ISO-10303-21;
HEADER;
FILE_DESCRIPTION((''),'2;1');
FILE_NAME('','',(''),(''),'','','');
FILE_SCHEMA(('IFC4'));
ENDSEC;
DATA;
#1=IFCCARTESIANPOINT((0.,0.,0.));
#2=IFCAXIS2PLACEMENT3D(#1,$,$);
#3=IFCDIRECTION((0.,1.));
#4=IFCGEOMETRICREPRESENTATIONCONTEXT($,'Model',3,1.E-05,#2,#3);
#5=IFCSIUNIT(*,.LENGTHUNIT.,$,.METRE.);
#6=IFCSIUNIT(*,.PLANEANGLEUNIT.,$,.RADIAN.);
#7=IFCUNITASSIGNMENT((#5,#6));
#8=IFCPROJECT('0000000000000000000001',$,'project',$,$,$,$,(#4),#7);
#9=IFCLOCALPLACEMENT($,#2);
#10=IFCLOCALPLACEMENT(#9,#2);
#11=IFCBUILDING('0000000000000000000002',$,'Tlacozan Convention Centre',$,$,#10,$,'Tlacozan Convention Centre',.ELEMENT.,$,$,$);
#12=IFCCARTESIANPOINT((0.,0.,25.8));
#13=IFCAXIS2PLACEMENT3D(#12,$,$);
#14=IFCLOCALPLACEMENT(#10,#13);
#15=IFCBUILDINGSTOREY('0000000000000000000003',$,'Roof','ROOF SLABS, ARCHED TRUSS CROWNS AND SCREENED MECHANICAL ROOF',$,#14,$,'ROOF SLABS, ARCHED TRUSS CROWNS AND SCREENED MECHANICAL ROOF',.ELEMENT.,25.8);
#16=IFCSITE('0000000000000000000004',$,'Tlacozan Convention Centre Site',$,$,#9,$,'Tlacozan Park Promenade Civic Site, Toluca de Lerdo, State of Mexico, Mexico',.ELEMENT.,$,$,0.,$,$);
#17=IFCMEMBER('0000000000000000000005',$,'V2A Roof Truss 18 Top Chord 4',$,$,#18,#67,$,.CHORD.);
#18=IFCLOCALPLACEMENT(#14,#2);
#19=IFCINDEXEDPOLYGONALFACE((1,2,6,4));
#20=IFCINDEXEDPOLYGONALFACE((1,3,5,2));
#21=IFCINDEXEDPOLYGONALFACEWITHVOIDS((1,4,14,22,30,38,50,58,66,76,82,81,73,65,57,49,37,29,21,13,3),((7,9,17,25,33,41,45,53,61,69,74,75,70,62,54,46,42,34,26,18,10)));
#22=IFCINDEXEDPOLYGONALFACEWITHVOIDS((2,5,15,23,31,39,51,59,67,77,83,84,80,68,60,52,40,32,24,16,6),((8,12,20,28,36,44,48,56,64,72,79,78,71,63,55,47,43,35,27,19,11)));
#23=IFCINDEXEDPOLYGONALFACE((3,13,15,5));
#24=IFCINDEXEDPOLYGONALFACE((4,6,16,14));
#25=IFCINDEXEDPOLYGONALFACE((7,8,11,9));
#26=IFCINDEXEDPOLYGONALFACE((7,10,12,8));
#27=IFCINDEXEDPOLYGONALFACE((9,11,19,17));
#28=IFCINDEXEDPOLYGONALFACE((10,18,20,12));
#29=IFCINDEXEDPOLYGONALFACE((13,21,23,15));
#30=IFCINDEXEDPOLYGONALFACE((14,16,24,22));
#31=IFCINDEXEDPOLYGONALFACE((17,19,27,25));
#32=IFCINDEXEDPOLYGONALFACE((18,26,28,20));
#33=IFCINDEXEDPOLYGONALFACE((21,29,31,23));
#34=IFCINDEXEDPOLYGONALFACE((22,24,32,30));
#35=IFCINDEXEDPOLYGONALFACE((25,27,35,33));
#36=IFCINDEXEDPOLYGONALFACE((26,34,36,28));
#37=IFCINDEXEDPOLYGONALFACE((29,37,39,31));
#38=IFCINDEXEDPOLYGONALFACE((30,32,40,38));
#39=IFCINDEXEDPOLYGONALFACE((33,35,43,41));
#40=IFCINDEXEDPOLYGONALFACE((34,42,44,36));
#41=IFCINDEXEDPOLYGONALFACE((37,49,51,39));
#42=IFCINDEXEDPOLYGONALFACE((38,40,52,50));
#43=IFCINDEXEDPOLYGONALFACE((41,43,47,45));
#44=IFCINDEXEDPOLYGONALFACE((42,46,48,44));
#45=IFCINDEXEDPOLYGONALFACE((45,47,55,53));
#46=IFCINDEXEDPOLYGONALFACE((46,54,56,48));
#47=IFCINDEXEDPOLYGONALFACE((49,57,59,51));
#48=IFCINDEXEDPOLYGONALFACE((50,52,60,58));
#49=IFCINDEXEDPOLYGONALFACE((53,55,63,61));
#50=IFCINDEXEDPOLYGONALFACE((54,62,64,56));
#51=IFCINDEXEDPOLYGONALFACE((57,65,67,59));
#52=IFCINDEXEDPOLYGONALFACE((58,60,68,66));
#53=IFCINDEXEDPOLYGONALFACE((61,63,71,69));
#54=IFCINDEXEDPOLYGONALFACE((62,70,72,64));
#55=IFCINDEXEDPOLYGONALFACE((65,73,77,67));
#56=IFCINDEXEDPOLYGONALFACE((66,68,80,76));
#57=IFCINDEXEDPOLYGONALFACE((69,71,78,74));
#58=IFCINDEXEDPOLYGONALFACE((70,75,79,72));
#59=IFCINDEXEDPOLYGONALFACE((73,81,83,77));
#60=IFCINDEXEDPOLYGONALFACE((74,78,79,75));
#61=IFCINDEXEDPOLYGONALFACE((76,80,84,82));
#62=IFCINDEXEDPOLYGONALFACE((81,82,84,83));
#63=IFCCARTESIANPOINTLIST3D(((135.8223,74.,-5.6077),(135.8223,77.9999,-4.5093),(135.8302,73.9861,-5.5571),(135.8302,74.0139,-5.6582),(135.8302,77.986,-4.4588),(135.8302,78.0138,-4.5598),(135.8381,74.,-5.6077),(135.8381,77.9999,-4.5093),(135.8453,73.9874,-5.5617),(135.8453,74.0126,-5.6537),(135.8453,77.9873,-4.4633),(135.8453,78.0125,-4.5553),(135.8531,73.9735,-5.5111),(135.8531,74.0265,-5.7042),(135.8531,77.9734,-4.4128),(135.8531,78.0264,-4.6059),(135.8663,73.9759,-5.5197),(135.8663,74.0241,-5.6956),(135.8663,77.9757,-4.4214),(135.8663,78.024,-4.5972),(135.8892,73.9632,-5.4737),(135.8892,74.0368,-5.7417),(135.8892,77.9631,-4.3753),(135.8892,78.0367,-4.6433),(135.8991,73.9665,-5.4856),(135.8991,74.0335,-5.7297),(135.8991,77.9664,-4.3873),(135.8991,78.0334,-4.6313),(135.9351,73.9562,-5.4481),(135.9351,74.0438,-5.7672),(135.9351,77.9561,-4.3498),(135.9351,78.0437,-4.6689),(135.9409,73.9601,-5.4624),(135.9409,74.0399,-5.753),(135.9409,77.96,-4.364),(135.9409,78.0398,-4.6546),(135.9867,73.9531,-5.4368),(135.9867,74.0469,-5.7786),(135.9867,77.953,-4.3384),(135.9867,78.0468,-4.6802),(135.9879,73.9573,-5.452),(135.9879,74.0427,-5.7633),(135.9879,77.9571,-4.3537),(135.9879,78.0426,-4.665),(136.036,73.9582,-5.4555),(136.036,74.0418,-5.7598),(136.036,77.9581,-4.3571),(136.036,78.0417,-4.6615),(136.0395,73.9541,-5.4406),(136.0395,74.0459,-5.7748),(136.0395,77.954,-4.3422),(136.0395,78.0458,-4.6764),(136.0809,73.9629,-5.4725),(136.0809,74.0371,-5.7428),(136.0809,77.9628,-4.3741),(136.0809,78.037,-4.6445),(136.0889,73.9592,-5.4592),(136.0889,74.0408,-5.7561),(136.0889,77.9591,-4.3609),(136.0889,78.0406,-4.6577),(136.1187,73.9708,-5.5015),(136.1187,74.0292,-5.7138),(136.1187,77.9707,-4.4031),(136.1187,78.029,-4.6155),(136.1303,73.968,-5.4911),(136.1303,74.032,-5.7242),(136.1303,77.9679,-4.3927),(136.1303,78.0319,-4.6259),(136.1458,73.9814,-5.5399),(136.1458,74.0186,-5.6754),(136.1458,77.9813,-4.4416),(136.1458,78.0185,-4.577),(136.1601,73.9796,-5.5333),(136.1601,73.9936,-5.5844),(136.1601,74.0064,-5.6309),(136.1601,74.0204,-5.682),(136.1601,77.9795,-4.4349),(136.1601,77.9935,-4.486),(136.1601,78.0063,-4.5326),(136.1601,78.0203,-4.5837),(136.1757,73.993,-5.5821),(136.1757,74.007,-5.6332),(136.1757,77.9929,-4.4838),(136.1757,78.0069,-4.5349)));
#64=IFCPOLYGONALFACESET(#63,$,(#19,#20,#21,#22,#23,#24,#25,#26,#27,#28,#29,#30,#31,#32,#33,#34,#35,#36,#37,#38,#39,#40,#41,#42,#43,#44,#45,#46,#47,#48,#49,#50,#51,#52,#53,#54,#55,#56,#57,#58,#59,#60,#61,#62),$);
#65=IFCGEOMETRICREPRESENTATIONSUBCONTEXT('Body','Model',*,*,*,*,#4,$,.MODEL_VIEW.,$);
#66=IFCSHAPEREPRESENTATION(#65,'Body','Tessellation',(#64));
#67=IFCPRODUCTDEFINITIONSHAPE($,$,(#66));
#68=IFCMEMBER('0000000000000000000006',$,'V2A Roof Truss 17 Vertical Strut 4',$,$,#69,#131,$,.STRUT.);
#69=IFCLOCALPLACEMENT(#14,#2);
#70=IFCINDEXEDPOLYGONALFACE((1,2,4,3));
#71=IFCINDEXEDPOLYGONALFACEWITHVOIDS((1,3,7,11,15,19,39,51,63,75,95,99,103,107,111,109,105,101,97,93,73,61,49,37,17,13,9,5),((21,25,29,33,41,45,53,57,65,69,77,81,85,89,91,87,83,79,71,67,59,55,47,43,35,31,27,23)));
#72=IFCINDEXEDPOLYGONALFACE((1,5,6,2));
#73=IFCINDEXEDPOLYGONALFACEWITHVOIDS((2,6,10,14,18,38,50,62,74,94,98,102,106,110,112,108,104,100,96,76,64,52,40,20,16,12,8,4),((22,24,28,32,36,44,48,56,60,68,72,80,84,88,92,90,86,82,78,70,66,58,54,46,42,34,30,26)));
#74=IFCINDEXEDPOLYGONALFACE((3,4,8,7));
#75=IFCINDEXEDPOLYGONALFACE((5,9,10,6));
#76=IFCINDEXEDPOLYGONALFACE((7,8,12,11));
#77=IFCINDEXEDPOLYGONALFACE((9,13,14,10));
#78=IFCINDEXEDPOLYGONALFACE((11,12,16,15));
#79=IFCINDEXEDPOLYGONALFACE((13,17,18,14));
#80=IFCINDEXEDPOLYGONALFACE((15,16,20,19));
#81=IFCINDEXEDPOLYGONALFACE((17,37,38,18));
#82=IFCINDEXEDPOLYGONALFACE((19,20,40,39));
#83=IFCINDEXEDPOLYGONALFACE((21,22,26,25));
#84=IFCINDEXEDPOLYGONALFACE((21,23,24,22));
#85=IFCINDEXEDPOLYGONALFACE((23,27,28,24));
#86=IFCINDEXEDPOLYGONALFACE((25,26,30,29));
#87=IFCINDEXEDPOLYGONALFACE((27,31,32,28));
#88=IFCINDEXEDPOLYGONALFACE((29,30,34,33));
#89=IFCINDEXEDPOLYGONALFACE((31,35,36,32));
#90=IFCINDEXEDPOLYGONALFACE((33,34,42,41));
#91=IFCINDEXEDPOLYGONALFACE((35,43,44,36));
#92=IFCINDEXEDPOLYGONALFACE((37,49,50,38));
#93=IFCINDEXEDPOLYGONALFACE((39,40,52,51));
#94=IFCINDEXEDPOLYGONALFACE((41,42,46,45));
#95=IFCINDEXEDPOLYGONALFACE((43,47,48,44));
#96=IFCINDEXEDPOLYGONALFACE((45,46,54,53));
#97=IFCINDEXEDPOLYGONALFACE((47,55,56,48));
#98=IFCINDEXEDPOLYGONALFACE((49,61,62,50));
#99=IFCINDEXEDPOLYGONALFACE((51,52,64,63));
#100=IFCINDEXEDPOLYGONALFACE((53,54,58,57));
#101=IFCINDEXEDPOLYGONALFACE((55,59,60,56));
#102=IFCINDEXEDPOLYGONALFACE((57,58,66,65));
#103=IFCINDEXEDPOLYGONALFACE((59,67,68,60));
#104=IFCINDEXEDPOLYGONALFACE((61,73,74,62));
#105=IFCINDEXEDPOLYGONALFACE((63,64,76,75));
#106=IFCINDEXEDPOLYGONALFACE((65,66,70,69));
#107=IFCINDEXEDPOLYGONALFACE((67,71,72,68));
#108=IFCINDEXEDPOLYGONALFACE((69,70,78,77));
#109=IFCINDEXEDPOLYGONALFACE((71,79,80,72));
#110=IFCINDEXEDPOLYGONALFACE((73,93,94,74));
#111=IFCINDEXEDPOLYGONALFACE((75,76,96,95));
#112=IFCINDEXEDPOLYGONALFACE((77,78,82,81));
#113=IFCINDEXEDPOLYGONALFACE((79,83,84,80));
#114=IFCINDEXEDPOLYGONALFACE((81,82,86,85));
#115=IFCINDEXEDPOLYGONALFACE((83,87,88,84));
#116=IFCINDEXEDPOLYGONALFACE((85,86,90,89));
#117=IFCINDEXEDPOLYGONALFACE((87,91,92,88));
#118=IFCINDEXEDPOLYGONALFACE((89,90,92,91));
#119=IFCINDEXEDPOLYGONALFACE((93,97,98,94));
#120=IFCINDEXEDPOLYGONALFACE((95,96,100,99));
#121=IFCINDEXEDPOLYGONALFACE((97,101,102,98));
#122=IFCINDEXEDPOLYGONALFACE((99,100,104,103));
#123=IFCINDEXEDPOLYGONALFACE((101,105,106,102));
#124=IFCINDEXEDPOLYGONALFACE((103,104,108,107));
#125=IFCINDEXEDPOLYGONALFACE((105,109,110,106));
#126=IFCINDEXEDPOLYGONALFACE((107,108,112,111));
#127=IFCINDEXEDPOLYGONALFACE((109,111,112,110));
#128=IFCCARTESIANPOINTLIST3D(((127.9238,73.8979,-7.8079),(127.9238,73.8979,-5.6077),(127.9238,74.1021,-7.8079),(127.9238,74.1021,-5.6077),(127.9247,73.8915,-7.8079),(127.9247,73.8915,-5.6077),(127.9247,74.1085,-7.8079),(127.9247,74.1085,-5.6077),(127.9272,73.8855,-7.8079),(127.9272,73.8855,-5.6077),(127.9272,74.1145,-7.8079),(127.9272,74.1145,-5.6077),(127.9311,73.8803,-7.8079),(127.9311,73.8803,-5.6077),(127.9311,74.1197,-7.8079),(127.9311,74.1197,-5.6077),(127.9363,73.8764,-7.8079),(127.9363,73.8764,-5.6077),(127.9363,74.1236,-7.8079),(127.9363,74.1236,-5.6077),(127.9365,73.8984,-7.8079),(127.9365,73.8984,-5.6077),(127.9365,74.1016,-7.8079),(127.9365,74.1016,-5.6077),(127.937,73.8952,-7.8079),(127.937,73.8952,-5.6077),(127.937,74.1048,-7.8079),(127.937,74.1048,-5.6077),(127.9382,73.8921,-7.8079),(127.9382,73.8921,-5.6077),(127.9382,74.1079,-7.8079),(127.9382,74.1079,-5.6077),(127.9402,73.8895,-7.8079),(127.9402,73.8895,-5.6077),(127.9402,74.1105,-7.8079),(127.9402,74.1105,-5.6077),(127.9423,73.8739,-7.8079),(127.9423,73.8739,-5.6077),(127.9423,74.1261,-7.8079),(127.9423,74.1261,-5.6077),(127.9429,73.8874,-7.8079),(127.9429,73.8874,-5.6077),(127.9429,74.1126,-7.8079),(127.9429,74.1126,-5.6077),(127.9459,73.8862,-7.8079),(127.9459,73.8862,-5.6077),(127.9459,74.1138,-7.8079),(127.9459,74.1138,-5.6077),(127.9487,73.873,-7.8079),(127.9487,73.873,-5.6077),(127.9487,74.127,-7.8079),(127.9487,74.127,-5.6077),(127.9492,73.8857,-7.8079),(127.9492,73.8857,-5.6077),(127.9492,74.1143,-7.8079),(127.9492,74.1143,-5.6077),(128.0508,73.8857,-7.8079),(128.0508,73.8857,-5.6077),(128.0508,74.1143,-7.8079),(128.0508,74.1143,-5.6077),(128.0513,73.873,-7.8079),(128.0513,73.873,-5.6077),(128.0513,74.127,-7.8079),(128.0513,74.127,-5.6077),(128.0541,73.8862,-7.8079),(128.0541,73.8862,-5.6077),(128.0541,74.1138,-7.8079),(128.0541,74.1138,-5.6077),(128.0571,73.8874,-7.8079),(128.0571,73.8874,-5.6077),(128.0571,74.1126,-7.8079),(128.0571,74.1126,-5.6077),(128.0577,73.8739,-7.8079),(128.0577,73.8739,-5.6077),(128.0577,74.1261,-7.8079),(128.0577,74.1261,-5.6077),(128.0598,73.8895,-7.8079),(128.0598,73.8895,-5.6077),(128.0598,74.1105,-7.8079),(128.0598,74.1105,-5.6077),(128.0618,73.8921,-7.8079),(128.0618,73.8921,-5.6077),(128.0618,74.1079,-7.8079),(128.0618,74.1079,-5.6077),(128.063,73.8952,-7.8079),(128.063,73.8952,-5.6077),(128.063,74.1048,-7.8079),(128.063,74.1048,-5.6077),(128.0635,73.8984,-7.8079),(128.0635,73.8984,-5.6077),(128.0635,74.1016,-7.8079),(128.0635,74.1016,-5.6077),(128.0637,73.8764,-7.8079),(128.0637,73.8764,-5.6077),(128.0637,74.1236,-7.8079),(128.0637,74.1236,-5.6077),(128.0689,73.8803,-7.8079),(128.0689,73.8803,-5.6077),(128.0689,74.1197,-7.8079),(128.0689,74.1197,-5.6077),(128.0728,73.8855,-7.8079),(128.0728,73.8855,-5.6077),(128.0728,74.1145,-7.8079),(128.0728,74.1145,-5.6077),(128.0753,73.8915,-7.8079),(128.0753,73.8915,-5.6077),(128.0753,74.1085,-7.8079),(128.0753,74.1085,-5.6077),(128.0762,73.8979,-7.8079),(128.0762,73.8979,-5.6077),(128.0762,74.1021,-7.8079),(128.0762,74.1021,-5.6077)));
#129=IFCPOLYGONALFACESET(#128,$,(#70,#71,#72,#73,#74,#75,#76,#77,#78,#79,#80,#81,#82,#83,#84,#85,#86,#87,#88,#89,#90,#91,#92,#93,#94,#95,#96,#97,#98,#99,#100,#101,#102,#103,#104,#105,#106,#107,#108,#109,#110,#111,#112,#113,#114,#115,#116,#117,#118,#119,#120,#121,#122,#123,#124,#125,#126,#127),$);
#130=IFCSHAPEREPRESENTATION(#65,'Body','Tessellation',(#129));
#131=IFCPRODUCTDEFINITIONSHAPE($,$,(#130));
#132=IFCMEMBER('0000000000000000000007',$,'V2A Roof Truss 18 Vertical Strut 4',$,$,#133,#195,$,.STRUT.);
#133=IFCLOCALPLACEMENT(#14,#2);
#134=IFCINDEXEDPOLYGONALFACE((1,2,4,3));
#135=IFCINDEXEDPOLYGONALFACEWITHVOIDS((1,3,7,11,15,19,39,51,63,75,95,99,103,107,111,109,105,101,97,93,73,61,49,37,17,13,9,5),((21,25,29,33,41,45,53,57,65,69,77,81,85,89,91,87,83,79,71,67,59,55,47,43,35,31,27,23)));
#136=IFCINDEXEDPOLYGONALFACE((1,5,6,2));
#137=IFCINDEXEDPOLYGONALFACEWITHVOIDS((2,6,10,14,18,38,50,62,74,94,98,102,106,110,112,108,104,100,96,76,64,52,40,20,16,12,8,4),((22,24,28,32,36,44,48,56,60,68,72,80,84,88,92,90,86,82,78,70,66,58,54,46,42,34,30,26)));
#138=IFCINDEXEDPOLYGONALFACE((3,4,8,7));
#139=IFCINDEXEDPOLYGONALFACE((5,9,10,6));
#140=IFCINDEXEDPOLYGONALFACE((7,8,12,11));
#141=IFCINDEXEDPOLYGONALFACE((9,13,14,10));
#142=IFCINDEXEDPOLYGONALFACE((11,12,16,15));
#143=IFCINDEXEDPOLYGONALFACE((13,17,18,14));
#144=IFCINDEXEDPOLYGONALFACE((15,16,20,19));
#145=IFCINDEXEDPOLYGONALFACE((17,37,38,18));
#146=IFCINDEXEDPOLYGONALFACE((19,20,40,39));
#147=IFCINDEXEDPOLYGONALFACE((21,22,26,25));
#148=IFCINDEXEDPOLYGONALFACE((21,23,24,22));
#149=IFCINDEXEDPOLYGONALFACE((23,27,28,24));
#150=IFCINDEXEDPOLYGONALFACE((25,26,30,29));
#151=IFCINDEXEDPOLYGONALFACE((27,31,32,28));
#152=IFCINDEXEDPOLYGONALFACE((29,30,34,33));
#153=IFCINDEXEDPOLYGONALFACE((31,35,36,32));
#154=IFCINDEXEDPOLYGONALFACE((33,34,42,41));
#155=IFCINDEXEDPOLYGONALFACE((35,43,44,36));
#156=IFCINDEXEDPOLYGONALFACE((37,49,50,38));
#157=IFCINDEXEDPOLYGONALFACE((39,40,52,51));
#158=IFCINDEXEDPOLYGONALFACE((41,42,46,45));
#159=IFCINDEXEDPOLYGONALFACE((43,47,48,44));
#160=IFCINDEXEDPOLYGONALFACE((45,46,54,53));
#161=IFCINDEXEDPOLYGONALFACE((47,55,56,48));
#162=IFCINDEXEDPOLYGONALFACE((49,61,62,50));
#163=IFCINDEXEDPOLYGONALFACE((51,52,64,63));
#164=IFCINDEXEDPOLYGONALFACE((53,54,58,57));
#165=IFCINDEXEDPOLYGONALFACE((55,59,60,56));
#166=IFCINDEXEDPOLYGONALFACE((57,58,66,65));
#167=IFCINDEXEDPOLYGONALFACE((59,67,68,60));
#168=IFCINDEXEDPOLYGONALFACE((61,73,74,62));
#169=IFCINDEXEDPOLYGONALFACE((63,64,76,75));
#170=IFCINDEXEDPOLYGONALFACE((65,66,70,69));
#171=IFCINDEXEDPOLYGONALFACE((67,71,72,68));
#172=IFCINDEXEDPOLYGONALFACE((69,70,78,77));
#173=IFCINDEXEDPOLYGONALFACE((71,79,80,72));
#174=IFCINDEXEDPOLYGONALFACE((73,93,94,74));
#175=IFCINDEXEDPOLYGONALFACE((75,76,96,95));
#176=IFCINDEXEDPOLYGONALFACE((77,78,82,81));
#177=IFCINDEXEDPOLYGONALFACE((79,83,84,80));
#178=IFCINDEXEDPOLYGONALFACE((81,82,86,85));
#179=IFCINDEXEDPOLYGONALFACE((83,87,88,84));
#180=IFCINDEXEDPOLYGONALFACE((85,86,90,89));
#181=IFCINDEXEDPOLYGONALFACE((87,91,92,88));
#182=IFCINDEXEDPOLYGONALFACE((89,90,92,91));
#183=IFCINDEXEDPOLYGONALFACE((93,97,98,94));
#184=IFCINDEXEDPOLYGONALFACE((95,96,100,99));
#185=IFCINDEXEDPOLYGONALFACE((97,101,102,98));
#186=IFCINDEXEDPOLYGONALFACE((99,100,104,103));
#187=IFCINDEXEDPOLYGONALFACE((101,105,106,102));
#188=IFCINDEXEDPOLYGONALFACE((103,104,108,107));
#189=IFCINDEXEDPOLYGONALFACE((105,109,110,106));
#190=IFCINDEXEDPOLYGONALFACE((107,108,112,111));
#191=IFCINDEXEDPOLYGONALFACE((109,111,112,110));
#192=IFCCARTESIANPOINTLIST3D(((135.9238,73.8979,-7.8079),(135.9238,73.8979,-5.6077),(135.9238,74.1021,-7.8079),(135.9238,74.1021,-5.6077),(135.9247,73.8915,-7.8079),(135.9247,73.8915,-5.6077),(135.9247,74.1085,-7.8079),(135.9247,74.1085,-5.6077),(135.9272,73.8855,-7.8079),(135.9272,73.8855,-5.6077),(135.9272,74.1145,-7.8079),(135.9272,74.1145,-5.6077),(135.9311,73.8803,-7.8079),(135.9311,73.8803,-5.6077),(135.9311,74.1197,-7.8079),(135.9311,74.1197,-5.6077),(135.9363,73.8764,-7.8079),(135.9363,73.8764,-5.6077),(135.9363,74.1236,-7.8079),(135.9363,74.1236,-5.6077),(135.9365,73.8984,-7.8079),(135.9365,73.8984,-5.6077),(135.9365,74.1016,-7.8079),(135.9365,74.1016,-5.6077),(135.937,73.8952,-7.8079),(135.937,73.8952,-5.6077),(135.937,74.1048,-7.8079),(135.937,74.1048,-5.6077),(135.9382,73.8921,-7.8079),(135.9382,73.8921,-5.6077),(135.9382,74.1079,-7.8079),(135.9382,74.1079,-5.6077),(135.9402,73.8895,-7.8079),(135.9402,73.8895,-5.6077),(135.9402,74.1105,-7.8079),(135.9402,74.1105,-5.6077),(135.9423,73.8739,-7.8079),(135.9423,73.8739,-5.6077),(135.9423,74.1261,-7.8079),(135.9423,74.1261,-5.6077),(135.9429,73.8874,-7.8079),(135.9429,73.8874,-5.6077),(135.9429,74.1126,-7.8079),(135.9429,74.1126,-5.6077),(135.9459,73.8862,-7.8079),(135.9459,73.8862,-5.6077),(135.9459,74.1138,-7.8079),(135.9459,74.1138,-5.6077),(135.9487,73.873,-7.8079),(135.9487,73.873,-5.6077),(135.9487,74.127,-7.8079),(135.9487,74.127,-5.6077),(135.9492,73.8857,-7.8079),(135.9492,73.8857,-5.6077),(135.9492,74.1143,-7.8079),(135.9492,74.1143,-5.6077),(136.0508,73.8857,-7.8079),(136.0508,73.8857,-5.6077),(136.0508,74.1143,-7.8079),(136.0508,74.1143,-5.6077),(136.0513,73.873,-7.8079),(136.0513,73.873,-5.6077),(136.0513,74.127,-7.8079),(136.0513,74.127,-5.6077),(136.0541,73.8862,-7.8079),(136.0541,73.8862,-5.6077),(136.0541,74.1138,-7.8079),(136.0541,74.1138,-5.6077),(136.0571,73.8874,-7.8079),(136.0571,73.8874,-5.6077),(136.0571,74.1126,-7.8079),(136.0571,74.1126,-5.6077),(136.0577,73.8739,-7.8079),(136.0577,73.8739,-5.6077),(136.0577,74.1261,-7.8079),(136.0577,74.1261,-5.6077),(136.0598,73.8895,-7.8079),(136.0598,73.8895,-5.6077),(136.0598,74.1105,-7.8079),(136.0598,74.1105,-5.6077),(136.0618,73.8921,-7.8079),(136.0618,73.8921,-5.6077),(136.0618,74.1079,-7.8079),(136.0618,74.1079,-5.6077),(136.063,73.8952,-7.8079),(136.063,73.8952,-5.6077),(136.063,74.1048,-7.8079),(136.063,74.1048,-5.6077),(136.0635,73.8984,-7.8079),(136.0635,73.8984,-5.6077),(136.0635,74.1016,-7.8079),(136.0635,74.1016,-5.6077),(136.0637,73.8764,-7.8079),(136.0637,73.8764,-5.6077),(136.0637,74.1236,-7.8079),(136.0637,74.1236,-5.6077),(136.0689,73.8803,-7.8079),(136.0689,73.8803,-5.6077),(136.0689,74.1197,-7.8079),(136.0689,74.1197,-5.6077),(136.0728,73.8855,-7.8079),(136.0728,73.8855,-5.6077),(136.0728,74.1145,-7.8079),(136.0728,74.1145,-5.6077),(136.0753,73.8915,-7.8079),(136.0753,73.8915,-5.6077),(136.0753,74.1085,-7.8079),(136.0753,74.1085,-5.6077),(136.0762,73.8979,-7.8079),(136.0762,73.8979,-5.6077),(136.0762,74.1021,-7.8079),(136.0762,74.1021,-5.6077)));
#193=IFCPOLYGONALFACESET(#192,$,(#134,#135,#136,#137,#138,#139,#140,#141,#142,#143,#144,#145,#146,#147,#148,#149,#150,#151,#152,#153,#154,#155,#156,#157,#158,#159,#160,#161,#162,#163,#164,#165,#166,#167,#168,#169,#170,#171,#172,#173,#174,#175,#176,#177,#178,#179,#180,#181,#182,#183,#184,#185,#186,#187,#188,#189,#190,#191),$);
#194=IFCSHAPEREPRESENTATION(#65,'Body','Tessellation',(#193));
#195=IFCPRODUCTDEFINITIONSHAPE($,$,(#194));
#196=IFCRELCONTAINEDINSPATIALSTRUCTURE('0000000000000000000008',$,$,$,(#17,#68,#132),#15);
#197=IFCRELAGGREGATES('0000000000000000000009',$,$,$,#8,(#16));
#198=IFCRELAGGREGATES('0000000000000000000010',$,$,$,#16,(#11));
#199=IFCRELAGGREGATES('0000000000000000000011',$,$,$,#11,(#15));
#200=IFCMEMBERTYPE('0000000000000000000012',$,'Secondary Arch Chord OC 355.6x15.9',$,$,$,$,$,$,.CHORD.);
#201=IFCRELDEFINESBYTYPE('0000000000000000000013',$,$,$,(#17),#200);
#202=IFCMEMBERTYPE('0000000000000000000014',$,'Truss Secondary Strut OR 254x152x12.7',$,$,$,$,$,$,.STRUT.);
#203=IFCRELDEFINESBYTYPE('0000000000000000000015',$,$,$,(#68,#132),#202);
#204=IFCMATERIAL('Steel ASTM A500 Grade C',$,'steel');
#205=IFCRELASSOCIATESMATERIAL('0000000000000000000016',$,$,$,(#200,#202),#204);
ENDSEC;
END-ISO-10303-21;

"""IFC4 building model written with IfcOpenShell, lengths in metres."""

from ifc_helpers import new_model, si_unit, direction, frame, origin, origin_2d, place, context, subcontext, project, spatial, hollow_rectangle, hollow_circle, extrude, material, material_profile, profile_set, type_object, element, save


model = new_model("IFC4")

# Units and contexts
model_context = context("Model", 3, precision=1e-05, world=origin(), true_north=direction((0.0, 1.0)))
body_context = subcontext(model_context, "Body", "Model", "MODEL_VIEW")
ifc_project = project(units=[si_unit("LENGTHUNIT", "METRE"), si_unit("PLANEANGLEUNIT", "RADIAN")], contexts=[model_context])

# Site, building, storey
site_placement = place(None, origin())
site = spatial("IfcSite", under=ifc_project, at=site_placement, Name="Tlacozan Convention Centre Site", LongName="Tlacozan Park Promenade Civic Site, Toluca de Lerdo, State of Mexico, Mexico", CompositionType="ELEMENT", RefElevation=0.0)
building_placement = place(site_placement, origin())
building = spatial("IfcBuilding", under=site, at=building_placement, Name="Tlacozan Convention Centre", LongName="Tlacozan Convention Centre", CompositionType="ELEMENT")
storey_placement = place(building_placement, frame((0.0, 0.0, 25.8)))
storey = spatial("IfcBuildingStorey", under=building, at=storey_placement, Name="Roof", Description="ROOF SLABS, ARCHED TRUSS CROWNS AND SCREENED MECHANICAL ROOF", LongName="ROOF SLABS, ARCHED TRUSS CROWNS AND SCREENED MECHANICAL ROOF", CompositionType="ELEMENT", Elevation=25.8)

# Members
ifc_material_1 = material(Name="Steel ASTM A500 Grade C", Category="steel")
ifc_material_profile_1 = material_profile(ifc_material_1, hollow_circle(Radius=0.1777, WallThickness=0.0159, at=origin_2d()), Name="OC 355.6x15.9")
ifc_profile_set_1 = profile_set([ifc_material_profile_1], Name="Steel ASTM A500 Grade C")
member_type_1 = type_object("IfcMemberType", Name="Secondary Arch Chord OC 355.6x15.9", PredefinedType="CHORD", material=ifc_profile_set_1)
member_1_placement = place(storey_placement, frame((136.0, 74.0, -5.6077), z_axis=(0.0, 0.964305, 0.264795), x_axis=(-1.0, 0.0, 0.0)))
element("IfcMember", 1, at=member_1_placement, inside=storey, type_object=member_type_1, Name="V2A Roof Truss 18 Top Chord 4", PredefinedType="CHORD", context=body_context, shape_type="SweptSolid", body=[
    extrude(hollow_circle(Radius=0.1777, WallThickness=0.0159, at=origin_2d()), origin(), (0.0, 0.0, 1.0), 4.1479),
])
ifc_material_profile_2 = material_profile(ifc_material_1, hollow_rectangle(XDim=0.1523, YDim=0.2539, WallThickness=0.0127, InnerFilletRadius=0.0127, OuterFilletRadius=0.0249, at=origin_2d()), Name="OR 254x152x12.7")
ifc_profile_set_2 = profile_set([ifc_material_profile_2], Name="Steel ASTM A500 Grade C")
member_type_2 = type_object("IfcMemberType", Name="Truss Secondary Strut OR 254x152x12.7", PredefinedType="STRUT", material=ifc_profile_set_2)
for number, where, z_axis, x_axis, name in (
    (2, (128.0, 74.0, -7.8079), (0.0, 0.0, 1.0), (1.0, 0.0, 0.0), "V2A Roof Truss 17 Vertical Strut 4"),
    (3, (136.0, 74.0, -7.8079), (0.0, 0.0, 1.0), (1.0, 0.0, 0.0), "V2A Roof Truss 18 Vertical Strut 4"),
):
    element("IfcMember", number, at=place(storey_placement, frame(where, z_axis=z_axis, x_axis=x_axis)), inside=storey, type_object=member_type_2, Name=name, PredefinedType="STRUT", context=body_context, shape_type="SweptSolid", body=[
        extrude(hollow_rectangle(XDim=0.1523, YDim=0.2539, WallThickness=0.0127, InnerFilletRadius=0.0127, OuterFilletRadius=0.0249, at=origin_2d()), origin(), (0.0, 0.0, 1.0), 2.2002),
    ])

save(model, "model.ifc")
